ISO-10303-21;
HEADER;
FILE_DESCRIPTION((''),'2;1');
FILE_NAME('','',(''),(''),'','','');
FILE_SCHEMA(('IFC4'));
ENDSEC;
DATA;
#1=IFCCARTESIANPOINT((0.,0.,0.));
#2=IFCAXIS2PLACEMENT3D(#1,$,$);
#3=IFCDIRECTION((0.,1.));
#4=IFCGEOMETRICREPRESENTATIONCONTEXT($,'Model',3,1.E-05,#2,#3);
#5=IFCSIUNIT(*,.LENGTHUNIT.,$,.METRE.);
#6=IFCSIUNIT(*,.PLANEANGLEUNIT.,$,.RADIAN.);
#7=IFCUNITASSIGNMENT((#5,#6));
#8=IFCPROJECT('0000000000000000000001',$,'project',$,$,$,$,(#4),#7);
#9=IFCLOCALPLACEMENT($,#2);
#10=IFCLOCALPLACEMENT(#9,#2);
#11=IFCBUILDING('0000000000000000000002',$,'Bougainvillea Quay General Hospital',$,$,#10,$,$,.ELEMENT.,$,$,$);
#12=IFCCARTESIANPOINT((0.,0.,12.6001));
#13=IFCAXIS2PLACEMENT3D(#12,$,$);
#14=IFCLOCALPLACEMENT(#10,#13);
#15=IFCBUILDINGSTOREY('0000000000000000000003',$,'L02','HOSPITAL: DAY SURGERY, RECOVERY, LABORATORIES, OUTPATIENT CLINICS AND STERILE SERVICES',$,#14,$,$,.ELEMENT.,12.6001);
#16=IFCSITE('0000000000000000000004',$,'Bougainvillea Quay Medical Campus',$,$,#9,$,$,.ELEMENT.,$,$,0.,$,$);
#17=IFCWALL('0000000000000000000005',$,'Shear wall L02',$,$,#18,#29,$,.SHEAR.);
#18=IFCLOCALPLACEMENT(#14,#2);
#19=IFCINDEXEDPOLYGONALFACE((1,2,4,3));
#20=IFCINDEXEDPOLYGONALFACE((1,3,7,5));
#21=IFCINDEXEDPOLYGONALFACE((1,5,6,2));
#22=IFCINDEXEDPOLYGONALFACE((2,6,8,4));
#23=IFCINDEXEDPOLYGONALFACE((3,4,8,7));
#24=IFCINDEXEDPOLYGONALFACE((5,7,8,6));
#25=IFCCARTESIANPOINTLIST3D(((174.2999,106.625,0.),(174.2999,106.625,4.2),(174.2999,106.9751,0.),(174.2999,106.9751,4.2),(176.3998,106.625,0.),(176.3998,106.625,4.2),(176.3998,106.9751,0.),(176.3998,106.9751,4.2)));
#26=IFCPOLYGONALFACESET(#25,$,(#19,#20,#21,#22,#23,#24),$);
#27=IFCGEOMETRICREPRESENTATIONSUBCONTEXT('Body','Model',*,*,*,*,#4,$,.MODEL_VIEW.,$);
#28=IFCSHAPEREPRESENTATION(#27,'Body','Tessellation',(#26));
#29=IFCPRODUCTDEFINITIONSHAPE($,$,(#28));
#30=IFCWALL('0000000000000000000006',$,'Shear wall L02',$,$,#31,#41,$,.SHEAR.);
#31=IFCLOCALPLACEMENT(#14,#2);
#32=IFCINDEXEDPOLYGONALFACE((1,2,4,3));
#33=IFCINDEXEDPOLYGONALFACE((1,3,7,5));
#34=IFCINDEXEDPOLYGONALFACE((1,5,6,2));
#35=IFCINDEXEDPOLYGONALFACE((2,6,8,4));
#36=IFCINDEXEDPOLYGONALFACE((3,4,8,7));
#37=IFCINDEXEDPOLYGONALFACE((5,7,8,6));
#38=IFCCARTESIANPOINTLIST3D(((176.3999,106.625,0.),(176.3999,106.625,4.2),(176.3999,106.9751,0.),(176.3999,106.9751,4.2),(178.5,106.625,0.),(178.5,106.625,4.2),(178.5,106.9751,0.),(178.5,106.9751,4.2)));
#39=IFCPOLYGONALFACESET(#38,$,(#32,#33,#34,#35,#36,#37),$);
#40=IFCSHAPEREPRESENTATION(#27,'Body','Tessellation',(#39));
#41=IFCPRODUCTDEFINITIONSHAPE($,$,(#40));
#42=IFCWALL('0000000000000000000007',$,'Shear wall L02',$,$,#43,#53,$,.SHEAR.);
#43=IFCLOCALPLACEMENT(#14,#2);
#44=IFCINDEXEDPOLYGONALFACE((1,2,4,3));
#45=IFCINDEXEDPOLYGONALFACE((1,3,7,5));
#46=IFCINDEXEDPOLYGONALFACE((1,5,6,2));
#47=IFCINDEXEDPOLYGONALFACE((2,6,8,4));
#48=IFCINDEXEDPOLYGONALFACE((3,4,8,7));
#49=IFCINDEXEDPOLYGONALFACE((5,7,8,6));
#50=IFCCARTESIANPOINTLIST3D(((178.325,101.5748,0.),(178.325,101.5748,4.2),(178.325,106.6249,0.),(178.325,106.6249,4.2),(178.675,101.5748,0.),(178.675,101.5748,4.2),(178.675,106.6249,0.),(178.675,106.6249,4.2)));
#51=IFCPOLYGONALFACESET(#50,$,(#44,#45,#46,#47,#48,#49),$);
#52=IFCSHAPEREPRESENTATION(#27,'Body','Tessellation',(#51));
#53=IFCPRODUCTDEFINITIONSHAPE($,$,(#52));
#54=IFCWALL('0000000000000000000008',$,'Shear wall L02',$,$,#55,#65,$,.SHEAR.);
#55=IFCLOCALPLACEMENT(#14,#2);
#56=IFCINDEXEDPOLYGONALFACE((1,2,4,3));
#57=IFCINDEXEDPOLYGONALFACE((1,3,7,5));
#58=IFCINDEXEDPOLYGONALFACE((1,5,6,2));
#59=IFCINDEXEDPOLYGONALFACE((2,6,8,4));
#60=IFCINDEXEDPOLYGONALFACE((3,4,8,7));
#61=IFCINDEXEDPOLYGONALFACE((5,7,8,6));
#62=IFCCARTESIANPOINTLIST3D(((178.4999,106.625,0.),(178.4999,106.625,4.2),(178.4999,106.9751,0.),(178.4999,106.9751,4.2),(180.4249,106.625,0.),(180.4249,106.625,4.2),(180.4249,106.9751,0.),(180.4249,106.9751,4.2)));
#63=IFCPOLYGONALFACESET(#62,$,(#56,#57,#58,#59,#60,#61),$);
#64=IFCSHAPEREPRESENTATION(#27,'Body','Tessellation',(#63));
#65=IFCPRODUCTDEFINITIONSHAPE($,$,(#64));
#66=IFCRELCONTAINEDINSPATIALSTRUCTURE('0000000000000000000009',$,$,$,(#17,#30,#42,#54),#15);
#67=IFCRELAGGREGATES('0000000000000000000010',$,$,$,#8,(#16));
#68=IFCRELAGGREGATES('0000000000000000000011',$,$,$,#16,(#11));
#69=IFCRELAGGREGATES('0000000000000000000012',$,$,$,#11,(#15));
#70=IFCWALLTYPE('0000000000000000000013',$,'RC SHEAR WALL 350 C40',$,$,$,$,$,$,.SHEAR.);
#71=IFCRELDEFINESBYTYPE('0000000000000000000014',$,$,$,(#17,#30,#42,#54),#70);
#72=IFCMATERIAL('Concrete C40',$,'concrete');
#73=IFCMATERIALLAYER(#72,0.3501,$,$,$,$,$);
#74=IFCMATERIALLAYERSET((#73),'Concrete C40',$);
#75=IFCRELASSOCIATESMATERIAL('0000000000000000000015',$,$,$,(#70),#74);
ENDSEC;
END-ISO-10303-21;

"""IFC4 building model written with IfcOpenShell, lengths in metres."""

from ifc_helpers import new_model, si_unit, direction, frame, frame_2d, origin, place, context, subcontext, project, spatial, rectangle, extrude, material, layer, layer_set, type_object, element, save


model = new_model("IFC4")

# Units and contexts
model_context = context("Model", 3, precision=1e-05, world=origin(), true_north=direction((0.0, 1.0)))
body_context = subcontext(model_context, "Body", "Model", "MODEL_VIEW")
ifc_project = project(units=[si_unit("LENGTHUNIT", "METRE"), si_unit("PLANEANGLEUNIT", "RADIAN")], contexts=[model_context])

# Site, building, storey
site_placement = place(None, origin())
site = spatial("IfcSite", under=ifc_project, at=site_placement, Name="Bougainvillea Quay Medical Campus", CompositionType="ELEMENT", RefElevation=0.0)
building_placement = place(site_placement, origin())
building = spatial("IfcBuilding", under=site, at=building_placement, Name="Bougainvillea Quay General Hospital", CompositionType="ELEMENT")
storey_placement = place(building_placement, frame((0.0, 0.0, 12.6001)))
storey = spatial("IfcBuildingStorey", under=building, at=storey_placement, Name="L02", Description="HOSPITAL: DAY SURGERY, RECOVERY, LABORATORIES, OUTPATIENT CLINICS AND STERILE SERVICES", CompositionType="ELEMENT", Elevation=12.6001)

# Shared definitions
ifc_material_1 = material(Name="Concrete C40", Category="concrete")

# Walls
ifc_layer_1 = layer(ifc_material_1, 0.3501)
ifc_layer_set_1 = layer_set([ifc_layer_1], Name="Concrete C40")
wall_type_1 = type_object("IfcWallType", Name="RC SHEAR WALL 350 C40", PredefinedType="SHEAR", material=ifc_layer_set_1)
wall_1_placement = place(storey_placement, frame((174.3, 106.8, 0.0), z_axis=(0.0, 0.0, 1.0), x_axis=(1.0, 0.0, 0.0)))
element("IfcWall", 1, at=wall_1_placement, inside=storey, type_object=wall_type_1, Name="Shear wall L02", PredefinedType="SHEAR", context=body_context, shape_type="SweptSolid", body=[
    extrude(rectangle(XDim=2.0999, YDim=0.3501, at=frame_2d((1.0498, 0.0))), origin(), (0.0, 0.0, 1.0), 4.2),
])
wall_2_placement = place(storey_placement, frame((176.3999, 106.8, 0.0), z_axis=(0.0, 0.0, 1.0), x_axis=(1.0, 0.0, 0.0)))
element("IfcWall", 2, at=wall_2_placement, inside=storey, type_object=wall_type_1, Name="Shear wall L02", PredefinedType="SHEAR", context=body_context, shape_type="SweptSolid", body=[
    extrude(rectangle(XDim=2.1001, YDim=0.3501, at=frame_2d((1.05, 0.0))), origin(), (0.0, 0.0, 1.0), 4.2),
])
wall_3_placement = place(storey_placement, frame((178.5, 101.575, 0.0), z_axis=(0.0, 0.0, 1.0), x_axis=(0.0, 1.0, 0.0)))
element("IfcWall", 3, at=wall_3_placement, inside=storey, type_object=wall_type_1, Name="Shear wall L02", PredefinedType="SHEAR", context=body_context, shape_type="SweptSolid", body=[
    extrude(rectangle(XDim=5.05, YDim=0.3501, at=frame_2d((2.5249, 0.0))), origin(), (0.0, 0.0, 1.0), 4.2),
])
wall_4_placement = place(storey_placement, frame((178.5, 106.8, 0.0), z_axis=(0.0, 0.0, 1.0), x_axis=(1.0, 0.0, 0.0)))
element("IfcWall", 4, at=wall_4_placement, inside=storey, type_object=wall_type_1, Name="Shear wall L02", PredefinedType="SHEAR", context=body_context, shape_type="SweptSolid", body=[
    extrude(rectangle(XDim=1.925, YDim=0.3501, at=frame_2d((0.9624, 0.0))), origin(), (0.0, 0.0, 1.0), 4.2),
])

save(model, "model.ifc")
